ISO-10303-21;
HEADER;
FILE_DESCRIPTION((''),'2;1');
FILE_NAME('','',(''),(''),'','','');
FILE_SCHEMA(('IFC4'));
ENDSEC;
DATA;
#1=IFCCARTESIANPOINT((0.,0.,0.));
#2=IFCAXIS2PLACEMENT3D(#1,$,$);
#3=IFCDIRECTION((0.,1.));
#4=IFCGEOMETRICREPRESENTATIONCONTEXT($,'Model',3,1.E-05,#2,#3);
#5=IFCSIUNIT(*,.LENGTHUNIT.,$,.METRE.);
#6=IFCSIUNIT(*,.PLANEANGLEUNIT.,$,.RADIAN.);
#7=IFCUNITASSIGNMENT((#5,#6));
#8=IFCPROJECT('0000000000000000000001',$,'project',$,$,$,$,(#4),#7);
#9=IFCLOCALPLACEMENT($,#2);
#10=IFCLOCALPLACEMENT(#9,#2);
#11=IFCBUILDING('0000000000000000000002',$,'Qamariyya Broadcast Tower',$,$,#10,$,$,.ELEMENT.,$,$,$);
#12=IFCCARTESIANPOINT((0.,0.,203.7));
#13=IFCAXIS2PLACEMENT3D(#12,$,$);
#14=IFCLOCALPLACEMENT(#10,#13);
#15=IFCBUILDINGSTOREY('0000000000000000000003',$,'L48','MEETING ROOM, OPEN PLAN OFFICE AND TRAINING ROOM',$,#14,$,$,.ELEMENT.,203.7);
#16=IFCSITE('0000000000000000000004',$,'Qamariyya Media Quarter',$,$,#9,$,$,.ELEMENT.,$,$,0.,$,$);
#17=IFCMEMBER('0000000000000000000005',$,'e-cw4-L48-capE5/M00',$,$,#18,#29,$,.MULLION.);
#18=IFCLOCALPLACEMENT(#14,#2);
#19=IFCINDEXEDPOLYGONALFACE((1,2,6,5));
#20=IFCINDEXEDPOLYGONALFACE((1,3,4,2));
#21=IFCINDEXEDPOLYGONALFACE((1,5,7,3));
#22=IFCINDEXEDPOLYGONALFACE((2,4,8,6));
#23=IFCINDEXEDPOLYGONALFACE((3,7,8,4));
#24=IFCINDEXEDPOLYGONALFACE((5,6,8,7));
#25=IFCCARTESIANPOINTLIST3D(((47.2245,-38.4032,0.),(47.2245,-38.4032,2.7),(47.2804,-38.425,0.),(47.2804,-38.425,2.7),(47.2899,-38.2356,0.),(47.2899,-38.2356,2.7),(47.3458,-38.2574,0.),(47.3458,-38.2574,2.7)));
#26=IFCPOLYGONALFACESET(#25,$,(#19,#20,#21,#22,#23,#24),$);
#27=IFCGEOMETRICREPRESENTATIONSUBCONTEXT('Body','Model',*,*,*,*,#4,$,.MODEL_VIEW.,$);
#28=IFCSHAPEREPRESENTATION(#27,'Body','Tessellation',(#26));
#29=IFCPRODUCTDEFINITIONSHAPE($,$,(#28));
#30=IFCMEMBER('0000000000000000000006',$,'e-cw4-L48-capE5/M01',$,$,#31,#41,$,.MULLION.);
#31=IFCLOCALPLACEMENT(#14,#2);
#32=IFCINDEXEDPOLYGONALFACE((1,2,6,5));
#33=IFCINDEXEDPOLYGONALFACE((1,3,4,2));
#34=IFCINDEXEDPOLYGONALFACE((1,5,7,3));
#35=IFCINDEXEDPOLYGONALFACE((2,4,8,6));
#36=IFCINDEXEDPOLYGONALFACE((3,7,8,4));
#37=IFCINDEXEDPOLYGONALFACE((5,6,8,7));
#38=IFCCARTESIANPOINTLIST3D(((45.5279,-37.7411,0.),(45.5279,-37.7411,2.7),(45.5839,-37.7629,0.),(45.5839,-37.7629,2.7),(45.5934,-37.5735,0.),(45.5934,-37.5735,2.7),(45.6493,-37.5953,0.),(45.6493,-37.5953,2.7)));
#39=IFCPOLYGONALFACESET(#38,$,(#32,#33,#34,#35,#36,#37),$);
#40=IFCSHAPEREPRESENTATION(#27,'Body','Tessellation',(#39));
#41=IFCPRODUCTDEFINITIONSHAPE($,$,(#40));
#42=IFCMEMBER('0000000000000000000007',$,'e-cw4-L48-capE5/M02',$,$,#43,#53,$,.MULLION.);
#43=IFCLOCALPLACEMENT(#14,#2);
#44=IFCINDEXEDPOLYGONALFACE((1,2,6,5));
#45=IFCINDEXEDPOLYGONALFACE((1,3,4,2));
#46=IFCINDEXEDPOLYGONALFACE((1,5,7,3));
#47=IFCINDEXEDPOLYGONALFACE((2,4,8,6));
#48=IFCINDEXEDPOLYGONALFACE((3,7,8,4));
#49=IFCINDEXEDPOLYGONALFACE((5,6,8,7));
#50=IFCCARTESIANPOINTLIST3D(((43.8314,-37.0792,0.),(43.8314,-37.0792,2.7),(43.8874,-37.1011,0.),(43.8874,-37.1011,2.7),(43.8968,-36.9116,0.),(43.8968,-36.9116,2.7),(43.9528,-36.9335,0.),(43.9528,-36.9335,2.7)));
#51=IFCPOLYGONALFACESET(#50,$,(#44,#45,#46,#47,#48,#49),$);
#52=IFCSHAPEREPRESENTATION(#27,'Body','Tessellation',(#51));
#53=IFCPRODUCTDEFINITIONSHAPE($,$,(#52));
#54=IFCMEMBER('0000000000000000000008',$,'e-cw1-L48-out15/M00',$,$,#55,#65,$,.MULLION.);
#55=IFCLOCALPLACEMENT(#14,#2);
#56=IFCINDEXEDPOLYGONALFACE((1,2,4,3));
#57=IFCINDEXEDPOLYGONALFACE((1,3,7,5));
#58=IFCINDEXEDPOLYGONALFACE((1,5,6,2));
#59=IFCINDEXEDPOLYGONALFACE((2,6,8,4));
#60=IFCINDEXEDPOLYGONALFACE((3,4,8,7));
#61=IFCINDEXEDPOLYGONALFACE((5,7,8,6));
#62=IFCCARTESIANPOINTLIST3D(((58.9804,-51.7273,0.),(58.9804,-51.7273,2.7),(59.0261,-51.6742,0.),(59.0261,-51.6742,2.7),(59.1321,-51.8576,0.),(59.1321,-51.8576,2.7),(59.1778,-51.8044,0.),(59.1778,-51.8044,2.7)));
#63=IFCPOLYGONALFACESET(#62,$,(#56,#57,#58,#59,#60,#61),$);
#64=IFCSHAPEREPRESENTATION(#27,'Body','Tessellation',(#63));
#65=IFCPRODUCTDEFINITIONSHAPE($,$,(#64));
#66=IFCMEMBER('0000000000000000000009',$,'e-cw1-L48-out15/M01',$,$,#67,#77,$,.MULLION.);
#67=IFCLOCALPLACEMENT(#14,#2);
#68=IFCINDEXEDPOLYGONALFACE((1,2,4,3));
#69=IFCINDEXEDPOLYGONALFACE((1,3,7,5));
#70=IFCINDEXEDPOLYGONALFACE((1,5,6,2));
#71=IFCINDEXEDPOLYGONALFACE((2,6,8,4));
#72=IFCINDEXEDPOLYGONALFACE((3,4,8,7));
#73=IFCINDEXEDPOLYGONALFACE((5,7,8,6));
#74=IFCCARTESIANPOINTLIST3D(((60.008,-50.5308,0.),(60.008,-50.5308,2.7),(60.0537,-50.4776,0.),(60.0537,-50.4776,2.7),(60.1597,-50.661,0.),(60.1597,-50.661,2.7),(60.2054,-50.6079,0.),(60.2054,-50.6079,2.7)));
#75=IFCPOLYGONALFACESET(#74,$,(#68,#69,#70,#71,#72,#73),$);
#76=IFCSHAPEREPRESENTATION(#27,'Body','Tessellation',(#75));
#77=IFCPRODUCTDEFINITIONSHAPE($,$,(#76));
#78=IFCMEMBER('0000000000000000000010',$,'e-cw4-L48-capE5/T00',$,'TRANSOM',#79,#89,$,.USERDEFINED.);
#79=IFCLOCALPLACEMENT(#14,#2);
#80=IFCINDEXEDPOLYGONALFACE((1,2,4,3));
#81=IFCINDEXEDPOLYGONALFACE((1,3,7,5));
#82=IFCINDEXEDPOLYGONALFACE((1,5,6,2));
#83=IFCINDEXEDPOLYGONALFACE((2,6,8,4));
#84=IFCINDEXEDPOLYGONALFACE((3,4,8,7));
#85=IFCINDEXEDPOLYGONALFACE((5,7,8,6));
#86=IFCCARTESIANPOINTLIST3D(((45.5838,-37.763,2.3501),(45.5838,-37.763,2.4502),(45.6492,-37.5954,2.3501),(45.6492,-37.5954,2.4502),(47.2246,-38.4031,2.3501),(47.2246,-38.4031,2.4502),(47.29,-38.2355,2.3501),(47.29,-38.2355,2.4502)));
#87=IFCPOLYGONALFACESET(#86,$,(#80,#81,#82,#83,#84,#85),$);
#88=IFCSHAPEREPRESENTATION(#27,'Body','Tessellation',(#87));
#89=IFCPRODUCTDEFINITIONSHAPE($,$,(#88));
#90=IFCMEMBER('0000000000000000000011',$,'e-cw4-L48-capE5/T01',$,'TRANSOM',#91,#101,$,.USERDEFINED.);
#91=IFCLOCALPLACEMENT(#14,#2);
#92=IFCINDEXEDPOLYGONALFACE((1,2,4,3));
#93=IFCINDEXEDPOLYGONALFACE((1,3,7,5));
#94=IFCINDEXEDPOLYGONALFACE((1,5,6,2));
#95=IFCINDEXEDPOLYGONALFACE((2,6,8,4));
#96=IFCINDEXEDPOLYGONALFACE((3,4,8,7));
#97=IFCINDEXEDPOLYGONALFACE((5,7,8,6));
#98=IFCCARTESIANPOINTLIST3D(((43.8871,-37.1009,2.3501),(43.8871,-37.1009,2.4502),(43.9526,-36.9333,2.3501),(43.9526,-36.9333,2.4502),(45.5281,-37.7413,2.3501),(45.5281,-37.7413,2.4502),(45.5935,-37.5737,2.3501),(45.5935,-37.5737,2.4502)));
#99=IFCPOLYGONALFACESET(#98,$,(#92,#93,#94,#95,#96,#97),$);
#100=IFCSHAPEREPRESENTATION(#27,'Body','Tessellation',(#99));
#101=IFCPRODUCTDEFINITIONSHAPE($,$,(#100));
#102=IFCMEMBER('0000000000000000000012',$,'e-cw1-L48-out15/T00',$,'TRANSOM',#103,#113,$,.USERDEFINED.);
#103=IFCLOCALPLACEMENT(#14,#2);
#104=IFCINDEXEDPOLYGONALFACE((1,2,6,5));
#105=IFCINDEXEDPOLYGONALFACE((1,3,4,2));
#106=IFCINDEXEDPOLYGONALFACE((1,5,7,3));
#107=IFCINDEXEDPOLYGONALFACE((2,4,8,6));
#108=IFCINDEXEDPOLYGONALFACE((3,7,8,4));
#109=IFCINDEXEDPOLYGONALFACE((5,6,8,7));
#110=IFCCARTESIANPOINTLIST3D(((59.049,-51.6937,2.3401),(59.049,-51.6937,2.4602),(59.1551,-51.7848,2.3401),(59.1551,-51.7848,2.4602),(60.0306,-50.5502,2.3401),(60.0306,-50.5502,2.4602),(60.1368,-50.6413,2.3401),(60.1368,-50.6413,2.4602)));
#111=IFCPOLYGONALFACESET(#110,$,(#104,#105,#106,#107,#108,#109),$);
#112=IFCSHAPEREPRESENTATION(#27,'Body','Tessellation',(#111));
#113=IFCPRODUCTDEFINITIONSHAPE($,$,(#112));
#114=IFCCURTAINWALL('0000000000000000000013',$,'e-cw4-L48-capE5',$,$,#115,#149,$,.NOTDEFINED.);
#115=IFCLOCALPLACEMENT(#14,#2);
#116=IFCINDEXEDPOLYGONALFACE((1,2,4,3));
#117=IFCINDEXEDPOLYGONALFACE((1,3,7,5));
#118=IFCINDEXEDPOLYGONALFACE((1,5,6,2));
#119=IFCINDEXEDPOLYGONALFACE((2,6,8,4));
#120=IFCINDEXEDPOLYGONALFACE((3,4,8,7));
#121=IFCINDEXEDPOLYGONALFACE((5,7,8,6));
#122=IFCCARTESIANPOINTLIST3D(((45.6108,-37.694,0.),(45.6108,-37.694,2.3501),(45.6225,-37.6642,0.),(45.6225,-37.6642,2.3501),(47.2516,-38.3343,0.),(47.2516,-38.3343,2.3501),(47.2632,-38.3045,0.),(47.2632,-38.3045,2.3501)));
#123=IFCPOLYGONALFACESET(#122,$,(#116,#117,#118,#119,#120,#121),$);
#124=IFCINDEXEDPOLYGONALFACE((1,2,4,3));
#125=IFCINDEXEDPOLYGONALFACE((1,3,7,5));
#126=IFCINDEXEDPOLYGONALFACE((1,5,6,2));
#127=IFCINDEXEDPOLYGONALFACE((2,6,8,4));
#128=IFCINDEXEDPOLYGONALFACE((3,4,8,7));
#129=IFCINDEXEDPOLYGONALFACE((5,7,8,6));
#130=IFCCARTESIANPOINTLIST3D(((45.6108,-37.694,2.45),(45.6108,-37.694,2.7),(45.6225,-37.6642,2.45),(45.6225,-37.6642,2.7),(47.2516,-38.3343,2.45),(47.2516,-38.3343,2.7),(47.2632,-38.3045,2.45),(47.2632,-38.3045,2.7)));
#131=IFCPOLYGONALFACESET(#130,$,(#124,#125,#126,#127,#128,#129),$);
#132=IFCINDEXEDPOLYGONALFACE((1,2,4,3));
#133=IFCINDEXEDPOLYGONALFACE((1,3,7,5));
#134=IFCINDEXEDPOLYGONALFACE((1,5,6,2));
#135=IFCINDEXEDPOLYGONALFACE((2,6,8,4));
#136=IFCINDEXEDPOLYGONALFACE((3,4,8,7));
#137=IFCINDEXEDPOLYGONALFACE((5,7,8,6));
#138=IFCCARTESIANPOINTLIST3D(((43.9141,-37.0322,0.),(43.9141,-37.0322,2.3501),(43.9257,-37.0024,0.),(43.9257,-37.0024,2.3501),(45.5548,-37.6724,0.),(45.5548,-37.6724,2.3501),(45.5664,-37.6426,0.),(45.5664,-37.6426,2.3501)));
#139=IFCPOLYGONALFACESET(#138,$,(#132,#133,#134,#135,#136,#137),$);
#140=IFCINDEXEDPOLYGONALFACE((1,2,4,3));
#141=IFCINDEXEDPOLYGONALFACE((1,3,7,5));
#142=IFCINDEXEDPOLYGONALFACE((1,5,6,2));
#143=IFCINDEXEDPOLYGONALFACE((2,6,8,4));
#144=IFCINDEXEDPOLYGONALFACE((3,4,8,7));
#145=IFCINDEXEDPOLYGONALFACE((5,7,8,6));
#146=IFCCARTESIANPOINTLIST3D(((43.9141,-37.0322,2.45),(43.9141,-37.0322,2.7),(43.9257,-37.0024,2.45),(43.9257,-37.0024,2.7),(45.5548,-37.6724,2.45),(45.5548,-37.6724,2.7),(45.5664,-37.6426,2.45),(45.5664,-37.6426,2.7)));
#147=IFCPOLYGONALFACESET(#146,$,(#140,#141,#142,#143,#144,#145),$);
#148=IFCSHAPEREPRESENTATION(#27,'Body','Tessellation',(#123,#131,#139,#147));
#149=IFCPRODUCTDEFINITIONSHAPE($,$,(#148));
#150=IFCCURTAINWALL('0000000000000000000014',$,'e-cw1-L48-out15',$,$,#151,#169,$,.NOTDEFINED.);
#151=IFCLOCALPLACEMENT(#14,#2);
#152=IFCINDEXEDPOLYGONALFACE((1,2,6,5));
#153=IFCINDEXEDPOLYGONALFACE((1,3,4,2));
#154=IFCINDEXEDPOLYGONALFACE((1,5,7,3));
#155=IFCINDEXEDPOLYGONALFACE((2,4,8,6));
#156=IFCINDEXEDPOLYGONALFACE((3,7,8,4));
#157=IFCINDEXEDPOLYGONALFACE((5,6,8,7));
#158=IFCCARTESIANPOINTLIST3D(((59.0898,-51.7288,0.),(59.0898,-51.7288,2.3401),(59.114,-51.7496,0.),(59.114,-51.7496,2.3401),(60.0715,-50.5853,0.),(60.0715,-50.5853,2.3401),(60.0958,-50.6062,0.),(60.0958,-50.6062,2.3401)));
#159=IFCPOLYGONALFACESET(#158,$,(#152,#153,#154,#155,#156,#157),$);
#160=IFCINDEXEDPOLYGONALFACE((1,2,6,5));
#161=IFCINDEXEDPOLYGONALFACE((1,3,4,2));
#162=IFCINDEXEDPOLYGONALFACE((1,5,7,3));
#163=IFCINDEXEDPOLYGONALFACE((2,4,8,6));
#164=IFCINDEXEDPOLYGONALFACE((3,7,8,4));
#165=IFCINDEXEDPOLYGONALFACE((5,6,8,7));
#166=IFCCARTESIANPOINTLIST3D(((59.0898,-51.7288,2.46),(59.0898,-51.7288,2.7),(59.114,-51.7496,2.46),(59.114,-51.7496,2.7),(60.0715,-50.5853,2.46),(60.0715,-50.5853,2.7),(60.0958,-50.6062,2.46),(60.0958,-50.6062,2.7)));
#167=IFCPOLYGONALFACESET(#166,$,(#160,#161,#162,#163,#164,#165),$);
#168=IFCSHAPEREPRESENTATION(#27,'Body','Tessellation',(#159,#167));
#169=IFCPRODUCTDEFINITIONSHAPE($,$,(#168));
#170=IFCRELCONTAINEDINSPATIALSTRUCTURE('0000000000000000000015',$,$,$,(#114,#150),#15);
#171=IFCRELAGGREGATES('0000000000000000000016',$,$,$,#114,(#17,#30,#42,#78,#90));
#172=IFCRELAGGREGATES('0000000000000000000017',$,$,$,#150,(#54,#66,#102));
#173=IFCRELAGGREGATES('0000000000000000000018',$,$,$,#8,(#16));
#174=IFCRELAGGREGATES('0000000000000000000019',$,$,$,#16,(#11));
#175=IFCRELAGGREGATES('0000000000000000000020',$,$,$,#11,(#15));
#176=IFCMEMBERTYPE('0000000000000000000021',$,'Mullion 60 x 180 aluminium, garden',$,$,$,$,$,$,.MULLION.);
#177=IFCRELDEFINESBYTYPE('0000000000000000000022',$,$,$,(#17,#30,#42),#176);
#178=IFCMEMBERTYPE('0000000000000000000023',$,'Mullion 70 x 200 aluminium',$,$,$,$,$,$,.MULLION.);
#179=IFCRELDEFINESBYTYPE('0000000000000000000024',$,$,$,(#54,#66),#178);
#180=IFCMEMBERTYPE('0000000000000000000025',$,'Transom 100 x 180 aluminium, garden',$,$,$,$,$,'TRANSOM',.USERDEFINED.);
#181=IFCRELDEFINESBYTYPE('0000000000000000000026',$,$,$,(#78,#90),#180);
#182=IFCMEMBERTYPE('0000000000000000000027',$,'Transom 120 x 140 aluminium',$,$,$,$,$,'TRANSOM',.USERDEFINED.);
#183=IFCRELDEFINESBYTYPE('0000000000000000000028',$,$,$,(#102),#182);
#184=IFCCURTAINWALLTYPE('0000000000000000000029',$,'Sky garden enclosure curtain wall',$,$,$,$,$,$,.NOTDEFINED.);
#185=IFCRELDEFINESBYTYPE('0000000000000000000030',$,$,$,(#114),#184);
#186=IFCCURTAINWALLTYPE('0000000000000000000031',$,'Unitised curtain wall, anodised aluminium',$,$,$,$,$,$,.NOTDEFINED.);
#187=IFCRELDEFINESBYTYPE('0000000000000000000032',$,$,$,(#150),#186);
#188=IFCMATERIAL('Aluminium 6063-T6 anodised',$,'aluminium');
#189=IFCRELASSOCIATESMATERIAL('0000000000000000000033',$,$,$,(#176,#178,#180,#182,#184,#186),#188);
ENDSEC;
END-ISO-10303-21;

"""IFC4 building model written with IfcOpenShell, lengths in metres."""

from ifc_helpers import new_model, si_unit, direction, frame, origin, origin_2d, place, context, subcontext, project, spatial, rectangle, extrude, material, material_profile, profile_set, type_object, element, aggregate, save


model = new_model("IFC4")

# Units and contexts
model_context = context("Model", 3, precision=1e-05, world=origin(), true_north=direction((0.0, 1.0)))
body_context = subcontext(model_context, "Body", "Model", "MODEL_VIEW")
ifc_project = project(units=[si_unit("LENGTHUNIT", "METRE"), si_unit("PLANEANGLEUNIT", "RADIAN")], contexts=[model_context])

# Members
ifc_material = material(Name="Aluminium 6063-T6 anodised", Category="aluminium")
ifc_material_profile_1 = material_profile(ifc_material, rectangle(XDim=0.1799, YDim=0.0601, at=origin_2d()))
ifc_profile_set_1 = profile_set([ifc_material_profile_1], Name="Aluminium 6063-T6 anodised")
member_type_1 = type_object("IfcMemberType", Name="Mullion 60 x 180 aluminium, garden", PredefinedType="MULLION", material=ifc_profile_set_1)
site_placement = place(None, origin())
building_placement = place(site_placement, origin())
storey_placement = place(building_placement, frame((0.0, 0.0, 203.7)))
member_1_placement = place(storey_placement, frame((47.2852, -38.3303, 0.0), z_axis=(0.0, 0.0, 1.0), x_axis=(-0.363517, -0.931587, 0.0)))
member_1 = element("IfcMember", 1, at=member_1_placement, type_object=member_type_1, Name="e-cw4-L48-capE5/M00", PredefinedType="MULLION", context=body_context, shape_type="SweptSolid", body=[
    extrude(rectangle(XDim=0.1799, YDim=0.0601, at=origin_2d()), origin(), (0.0, 0.0, 1.0), 2.7),
])
member_2_placement = place(storey_placement, frame((45.5886, -37.6682, 0.0), z_axis=(0.0, 0.0, 1.0), x_axis=(-0.363517, -0.931587, 0.0)))
member_2 = element("IfcMember", 2, at=member_2_placement, type_object=member_type_1, Name="e-cw4-L48-capE5/M01", PredefinedType="MULLION", context=body_context, shape_type="SweptSolid", body=[
    extrude(rectangle(XDim=0.1799, YDim=0.0601, at=origin_2d()), origin(), (0.0, 0.0, 1.0), 2.7),
])
member_3_placement = place(storey_placement, frame((43.8921, -37.0063, 0.0), z_axis=(0.0, 0.0, 1.0), x_axis=(-0.363517, -0.931587, 0.0)))
member_3 = element("IfcMember", 3, at=member_3_placement, type_object=member_type_1, Name="e-cw4-L48-capE5/M02", PredefinedType="MULLION", context=body_context, shape_type="SweptSolid", body=[
    extrude(rectangle(XDim=0.1799, YDim=0.0601, at=origin_2d()), origin(), (0.0, 0.0, 1.0), 2.7),
])
ifc_material_profile_2 = material_profile(ifc_material, rectangle(XDim=0.2, YDim=0.0701, at=origin_2d()))
ifc_profile_set_2 = profile_set([ifc_material_profile_2], Name="Aluminium 6063-T6 anodised")
member_type_2 = type_object("IfcMemberType", Name="Mullion 70 x 200 aluminium", PredefinedType="MULLION", material=ifc_profile_set_2)
member_4_placement = place(storey_placement, frame((59.0791, -51.7659, 0.0), z_axis=(0.0, 0.0, 1.0), x_axis=(-0.758703, 0.651437, 0.0)))
member_4 = element("IfcMember", 4, at=member_4_placement, type_object=member_type_2, Name="e-cw1-L48-out15/M00", PredefinedType="MULLION", context=body_context, shape_type="SweptSolid", body=[
    extrude(rectangle(XDim=0.2, YDim=0.0701, at=origin_2d()), origin(), (0.0, 0.0, 1.0), 2.7),
])
member_5_placement = place(storey_placement, frame((60.1067, -50.5693, 0.0), z_axis=(0.0, 0.0, 1.0), x_axis=(-0.758703, 0.651437, 0.0)))
member_5 = element("IfcMember", 5, at=member_5_placement, type_object=member_type_2, Name="e-cw1-L48-out15/M01", PredefinedType="MULLION", context=body_context, shape_type="SweptSolid", body=[
    extrude(rectangle(XDim=0.2, YDim=0.0701, at=origin_2d()), origin(), (0.0, 0.0, 1.0), 2.7),
])
ifc_material_profile_3 = material_profile(ifc_material, rectangle(XDim=0.1799, YDim=0.1001, at=origin_2d()))
ifc_profile_set_3 = profile_set([ifc_material_profile_3], Name="Aluminium 6063-T6 anodised")
member_type_3 = type_object("IfcMemberType", Name="Transom 100 x 180 aluminium, garden", ElementType="TRANSOM", PredefinedType="USERDEFINED", material=ifc_profile_set_3)
member_6_placement = place(storey_placement, frame((47.2573, -38.3193, 2.4001), z_axis=(-0.931617, 0.363443, 0.0), x_axis=(-0.363443, -0.931617, 0.0)))
member_6 = element("IfcMember", 6, at=member_6_placement, type_object=member_type_3, Name="e-cw4-L48-capE5/T00", ObjectType="TRANSOM", PredefinedType="USERDEFINED", context=body_context, shape_type="SweptSolid", body=[
    extrude(rectangle(XDim=0.1799, YDim=0.1001, at=origin_2d()), origin(), (0.0, 0.0, 1.0), 1.7612),
])
member_7_placement = place(storey_placement, frame((45.5608, -37.6575, 2.4001), z_axis=(-0.93157, 0.363563, 0.0), x_axis=(-0.363563, -0.93157, 0.0)))
member_7 = element("IfcMember", 7, at=member_7_placement, type_object=member_type_3, Name="e-cw4-L48-capE5/T01", ObjectType="TRANSOM", PredefinedType="USERDEFINED", context=body_context, shape_type="SweptSolid", body=[
    extrude(rectangle(XDim=0.1799, YDim=0.1001, at=origin_2d()), origin(), (0.0, 0.0, 1.0), 1.7615),
])
ifc_material_profile_4 = material_profile(ifc_material, rectangle(XDim=0.1399, YDim=0.1201, at=origin_2d()))
ifc_profile_set_4 = profile_set([ifc_material_profile_4], Name="Aluminium 6063-T6 anodised")
member_type_4 = type_object("IfcMemberType", Name="Transom 120 x 140 aluminium", ElementType="TRANSOM", PredefinedType="USERDEFINED", material=ifc_profile_set_4)
member_8_placement = place(storey_placement, frame((59.1021, -51.7393, 2.4001), z_axis=(0.651365, 0.758765, 0.0), x_axis=(-0.758765, 0.651365, 0.0)))
member_8 = element("IfcMember", 8, at=member_8_placement, type_object=member_type_4, Name="e-cw1-L48-out15/T00", ObjectType="TRANSOM", PredefinedType="USERDEFINED", context=body_context, shape_type="SweptSolid", body=[
    extrude(rectangle(XDim=0.1399, YDim=0.1201, at=origin_2d()), origin(), (0.0, 0.0, 1.0), 1.5071),
])

# Site, building, storey
site = spatial("IfcSite", under=ifc_project, at=site_placement, Name="Qamariyya Media Quarter", CompositionType="ELEMENT", RefElevation=0.0)
building = spatial("IfcBuilding", under=site, at=building_placement, Name="Qamariyya Broadcast Tower", CompositionType="ELEMENT")
storey = spatial("IfcBuildingStorey", under=building, at=storey_placement, Name="L48", Description="MEETING ROOM, OPEN PLAN OFFICE AND TRAINING ROOM", CompositionType="ELEMENT", Elevation=203.7)

# Curtain walls
curtain_wall_type_1 = type_object("IfcCurtainWallType", Name="Sky garden enclosure curtain wall", PredefinedType="NOTDEFINED", material=ifc_material)
curtain_wall_1_placement = place(storey_placement, origin())
curtain_wall_1 = element("IfcCurtainWall", 9, at=curtain_wall_1_placement, inside=storey, type_object=curtain_wall_type_1, Name="e-cw4-L48-capE5", PredefinedType="NOTDEFINED", context=body_context, shape_type="SweptSolid", body=[
    extrude(rectangle(XDim=1.7612, YDim=0.032, at=origin_2d()), frame((46.437, -37.9993, 0.0), x_axis=(-0.931586, 0.363522, 0.0)), (0.0, 0.0, 1.0), 2.3501),
    extrude(rectangle(XDim=1.7612, YDim=0.032, at=origin_2d()), frame((46.437, -37.9993, 2.45), x_axis=(-0.931586, 0.363522, 0.0)), (0.0, 0.0, 1.0), 0.25),
    extrude(rectangle(XDim=1.7612, YDim=0.032, at=origin_2d()), frame((44.7402, -37.3374, 0.0), x_axis=(-0.931586, 0.363522, 0.0)), (0.0, 0.0, 1.0), 2.3501),
    extrude(rectangle(XDim=1.7612, YDim=0.032, at=origin_2d()), frame((44.7402, -37.3374, 2.45), x_axis=(-0.931586, 0.363522, 0.0)), (0.0, 0.0, 1.0), 0.25),
])
aggregate(curtain_wall_1, [member_1, member_2, member_3, member_6, member_7])
curtain_wall_type_2 = type_object("IfcCurtainWallType", Name="Unitised curtain wall, anodised aluminium", PredefinedType="NOTDEFINED", material=ifc_material)
curtain_wall_2_placement = place(storey_placement, origin())
curtain_wall_2 = element("IfcCurtainWall", 10, at=curtain_wall_2_placement, inside=storey, type_object=curtain_wall_type_2, Name="e-cw1-L48-out15", PredefinedType="NOTDEFINED", context=body_context, shape_type="SweptSolid", body=[
    extrude(rectangle(XDim=1.5071, YDim=0.032, at=origin_2d()), frame((59.5928, -51.1675, 0.0), x_axis=(0.651414, 0.758723, 0.0)), (0.0, 0.0, 1.0), 2.3401),
    extrude(rectangle(XDim=1.5071, YDim=0.032, at=origin_2d()), frame((59.5928, -51.1675, 2.46), x_axis=(0.651414, 0.758723, 0.0)), (0.0, 0.0, 1.0), 0.24),
])
aggregate(curtain_wall_2, [member_4, member_5, member_8])

save(model, "model.ifc")
